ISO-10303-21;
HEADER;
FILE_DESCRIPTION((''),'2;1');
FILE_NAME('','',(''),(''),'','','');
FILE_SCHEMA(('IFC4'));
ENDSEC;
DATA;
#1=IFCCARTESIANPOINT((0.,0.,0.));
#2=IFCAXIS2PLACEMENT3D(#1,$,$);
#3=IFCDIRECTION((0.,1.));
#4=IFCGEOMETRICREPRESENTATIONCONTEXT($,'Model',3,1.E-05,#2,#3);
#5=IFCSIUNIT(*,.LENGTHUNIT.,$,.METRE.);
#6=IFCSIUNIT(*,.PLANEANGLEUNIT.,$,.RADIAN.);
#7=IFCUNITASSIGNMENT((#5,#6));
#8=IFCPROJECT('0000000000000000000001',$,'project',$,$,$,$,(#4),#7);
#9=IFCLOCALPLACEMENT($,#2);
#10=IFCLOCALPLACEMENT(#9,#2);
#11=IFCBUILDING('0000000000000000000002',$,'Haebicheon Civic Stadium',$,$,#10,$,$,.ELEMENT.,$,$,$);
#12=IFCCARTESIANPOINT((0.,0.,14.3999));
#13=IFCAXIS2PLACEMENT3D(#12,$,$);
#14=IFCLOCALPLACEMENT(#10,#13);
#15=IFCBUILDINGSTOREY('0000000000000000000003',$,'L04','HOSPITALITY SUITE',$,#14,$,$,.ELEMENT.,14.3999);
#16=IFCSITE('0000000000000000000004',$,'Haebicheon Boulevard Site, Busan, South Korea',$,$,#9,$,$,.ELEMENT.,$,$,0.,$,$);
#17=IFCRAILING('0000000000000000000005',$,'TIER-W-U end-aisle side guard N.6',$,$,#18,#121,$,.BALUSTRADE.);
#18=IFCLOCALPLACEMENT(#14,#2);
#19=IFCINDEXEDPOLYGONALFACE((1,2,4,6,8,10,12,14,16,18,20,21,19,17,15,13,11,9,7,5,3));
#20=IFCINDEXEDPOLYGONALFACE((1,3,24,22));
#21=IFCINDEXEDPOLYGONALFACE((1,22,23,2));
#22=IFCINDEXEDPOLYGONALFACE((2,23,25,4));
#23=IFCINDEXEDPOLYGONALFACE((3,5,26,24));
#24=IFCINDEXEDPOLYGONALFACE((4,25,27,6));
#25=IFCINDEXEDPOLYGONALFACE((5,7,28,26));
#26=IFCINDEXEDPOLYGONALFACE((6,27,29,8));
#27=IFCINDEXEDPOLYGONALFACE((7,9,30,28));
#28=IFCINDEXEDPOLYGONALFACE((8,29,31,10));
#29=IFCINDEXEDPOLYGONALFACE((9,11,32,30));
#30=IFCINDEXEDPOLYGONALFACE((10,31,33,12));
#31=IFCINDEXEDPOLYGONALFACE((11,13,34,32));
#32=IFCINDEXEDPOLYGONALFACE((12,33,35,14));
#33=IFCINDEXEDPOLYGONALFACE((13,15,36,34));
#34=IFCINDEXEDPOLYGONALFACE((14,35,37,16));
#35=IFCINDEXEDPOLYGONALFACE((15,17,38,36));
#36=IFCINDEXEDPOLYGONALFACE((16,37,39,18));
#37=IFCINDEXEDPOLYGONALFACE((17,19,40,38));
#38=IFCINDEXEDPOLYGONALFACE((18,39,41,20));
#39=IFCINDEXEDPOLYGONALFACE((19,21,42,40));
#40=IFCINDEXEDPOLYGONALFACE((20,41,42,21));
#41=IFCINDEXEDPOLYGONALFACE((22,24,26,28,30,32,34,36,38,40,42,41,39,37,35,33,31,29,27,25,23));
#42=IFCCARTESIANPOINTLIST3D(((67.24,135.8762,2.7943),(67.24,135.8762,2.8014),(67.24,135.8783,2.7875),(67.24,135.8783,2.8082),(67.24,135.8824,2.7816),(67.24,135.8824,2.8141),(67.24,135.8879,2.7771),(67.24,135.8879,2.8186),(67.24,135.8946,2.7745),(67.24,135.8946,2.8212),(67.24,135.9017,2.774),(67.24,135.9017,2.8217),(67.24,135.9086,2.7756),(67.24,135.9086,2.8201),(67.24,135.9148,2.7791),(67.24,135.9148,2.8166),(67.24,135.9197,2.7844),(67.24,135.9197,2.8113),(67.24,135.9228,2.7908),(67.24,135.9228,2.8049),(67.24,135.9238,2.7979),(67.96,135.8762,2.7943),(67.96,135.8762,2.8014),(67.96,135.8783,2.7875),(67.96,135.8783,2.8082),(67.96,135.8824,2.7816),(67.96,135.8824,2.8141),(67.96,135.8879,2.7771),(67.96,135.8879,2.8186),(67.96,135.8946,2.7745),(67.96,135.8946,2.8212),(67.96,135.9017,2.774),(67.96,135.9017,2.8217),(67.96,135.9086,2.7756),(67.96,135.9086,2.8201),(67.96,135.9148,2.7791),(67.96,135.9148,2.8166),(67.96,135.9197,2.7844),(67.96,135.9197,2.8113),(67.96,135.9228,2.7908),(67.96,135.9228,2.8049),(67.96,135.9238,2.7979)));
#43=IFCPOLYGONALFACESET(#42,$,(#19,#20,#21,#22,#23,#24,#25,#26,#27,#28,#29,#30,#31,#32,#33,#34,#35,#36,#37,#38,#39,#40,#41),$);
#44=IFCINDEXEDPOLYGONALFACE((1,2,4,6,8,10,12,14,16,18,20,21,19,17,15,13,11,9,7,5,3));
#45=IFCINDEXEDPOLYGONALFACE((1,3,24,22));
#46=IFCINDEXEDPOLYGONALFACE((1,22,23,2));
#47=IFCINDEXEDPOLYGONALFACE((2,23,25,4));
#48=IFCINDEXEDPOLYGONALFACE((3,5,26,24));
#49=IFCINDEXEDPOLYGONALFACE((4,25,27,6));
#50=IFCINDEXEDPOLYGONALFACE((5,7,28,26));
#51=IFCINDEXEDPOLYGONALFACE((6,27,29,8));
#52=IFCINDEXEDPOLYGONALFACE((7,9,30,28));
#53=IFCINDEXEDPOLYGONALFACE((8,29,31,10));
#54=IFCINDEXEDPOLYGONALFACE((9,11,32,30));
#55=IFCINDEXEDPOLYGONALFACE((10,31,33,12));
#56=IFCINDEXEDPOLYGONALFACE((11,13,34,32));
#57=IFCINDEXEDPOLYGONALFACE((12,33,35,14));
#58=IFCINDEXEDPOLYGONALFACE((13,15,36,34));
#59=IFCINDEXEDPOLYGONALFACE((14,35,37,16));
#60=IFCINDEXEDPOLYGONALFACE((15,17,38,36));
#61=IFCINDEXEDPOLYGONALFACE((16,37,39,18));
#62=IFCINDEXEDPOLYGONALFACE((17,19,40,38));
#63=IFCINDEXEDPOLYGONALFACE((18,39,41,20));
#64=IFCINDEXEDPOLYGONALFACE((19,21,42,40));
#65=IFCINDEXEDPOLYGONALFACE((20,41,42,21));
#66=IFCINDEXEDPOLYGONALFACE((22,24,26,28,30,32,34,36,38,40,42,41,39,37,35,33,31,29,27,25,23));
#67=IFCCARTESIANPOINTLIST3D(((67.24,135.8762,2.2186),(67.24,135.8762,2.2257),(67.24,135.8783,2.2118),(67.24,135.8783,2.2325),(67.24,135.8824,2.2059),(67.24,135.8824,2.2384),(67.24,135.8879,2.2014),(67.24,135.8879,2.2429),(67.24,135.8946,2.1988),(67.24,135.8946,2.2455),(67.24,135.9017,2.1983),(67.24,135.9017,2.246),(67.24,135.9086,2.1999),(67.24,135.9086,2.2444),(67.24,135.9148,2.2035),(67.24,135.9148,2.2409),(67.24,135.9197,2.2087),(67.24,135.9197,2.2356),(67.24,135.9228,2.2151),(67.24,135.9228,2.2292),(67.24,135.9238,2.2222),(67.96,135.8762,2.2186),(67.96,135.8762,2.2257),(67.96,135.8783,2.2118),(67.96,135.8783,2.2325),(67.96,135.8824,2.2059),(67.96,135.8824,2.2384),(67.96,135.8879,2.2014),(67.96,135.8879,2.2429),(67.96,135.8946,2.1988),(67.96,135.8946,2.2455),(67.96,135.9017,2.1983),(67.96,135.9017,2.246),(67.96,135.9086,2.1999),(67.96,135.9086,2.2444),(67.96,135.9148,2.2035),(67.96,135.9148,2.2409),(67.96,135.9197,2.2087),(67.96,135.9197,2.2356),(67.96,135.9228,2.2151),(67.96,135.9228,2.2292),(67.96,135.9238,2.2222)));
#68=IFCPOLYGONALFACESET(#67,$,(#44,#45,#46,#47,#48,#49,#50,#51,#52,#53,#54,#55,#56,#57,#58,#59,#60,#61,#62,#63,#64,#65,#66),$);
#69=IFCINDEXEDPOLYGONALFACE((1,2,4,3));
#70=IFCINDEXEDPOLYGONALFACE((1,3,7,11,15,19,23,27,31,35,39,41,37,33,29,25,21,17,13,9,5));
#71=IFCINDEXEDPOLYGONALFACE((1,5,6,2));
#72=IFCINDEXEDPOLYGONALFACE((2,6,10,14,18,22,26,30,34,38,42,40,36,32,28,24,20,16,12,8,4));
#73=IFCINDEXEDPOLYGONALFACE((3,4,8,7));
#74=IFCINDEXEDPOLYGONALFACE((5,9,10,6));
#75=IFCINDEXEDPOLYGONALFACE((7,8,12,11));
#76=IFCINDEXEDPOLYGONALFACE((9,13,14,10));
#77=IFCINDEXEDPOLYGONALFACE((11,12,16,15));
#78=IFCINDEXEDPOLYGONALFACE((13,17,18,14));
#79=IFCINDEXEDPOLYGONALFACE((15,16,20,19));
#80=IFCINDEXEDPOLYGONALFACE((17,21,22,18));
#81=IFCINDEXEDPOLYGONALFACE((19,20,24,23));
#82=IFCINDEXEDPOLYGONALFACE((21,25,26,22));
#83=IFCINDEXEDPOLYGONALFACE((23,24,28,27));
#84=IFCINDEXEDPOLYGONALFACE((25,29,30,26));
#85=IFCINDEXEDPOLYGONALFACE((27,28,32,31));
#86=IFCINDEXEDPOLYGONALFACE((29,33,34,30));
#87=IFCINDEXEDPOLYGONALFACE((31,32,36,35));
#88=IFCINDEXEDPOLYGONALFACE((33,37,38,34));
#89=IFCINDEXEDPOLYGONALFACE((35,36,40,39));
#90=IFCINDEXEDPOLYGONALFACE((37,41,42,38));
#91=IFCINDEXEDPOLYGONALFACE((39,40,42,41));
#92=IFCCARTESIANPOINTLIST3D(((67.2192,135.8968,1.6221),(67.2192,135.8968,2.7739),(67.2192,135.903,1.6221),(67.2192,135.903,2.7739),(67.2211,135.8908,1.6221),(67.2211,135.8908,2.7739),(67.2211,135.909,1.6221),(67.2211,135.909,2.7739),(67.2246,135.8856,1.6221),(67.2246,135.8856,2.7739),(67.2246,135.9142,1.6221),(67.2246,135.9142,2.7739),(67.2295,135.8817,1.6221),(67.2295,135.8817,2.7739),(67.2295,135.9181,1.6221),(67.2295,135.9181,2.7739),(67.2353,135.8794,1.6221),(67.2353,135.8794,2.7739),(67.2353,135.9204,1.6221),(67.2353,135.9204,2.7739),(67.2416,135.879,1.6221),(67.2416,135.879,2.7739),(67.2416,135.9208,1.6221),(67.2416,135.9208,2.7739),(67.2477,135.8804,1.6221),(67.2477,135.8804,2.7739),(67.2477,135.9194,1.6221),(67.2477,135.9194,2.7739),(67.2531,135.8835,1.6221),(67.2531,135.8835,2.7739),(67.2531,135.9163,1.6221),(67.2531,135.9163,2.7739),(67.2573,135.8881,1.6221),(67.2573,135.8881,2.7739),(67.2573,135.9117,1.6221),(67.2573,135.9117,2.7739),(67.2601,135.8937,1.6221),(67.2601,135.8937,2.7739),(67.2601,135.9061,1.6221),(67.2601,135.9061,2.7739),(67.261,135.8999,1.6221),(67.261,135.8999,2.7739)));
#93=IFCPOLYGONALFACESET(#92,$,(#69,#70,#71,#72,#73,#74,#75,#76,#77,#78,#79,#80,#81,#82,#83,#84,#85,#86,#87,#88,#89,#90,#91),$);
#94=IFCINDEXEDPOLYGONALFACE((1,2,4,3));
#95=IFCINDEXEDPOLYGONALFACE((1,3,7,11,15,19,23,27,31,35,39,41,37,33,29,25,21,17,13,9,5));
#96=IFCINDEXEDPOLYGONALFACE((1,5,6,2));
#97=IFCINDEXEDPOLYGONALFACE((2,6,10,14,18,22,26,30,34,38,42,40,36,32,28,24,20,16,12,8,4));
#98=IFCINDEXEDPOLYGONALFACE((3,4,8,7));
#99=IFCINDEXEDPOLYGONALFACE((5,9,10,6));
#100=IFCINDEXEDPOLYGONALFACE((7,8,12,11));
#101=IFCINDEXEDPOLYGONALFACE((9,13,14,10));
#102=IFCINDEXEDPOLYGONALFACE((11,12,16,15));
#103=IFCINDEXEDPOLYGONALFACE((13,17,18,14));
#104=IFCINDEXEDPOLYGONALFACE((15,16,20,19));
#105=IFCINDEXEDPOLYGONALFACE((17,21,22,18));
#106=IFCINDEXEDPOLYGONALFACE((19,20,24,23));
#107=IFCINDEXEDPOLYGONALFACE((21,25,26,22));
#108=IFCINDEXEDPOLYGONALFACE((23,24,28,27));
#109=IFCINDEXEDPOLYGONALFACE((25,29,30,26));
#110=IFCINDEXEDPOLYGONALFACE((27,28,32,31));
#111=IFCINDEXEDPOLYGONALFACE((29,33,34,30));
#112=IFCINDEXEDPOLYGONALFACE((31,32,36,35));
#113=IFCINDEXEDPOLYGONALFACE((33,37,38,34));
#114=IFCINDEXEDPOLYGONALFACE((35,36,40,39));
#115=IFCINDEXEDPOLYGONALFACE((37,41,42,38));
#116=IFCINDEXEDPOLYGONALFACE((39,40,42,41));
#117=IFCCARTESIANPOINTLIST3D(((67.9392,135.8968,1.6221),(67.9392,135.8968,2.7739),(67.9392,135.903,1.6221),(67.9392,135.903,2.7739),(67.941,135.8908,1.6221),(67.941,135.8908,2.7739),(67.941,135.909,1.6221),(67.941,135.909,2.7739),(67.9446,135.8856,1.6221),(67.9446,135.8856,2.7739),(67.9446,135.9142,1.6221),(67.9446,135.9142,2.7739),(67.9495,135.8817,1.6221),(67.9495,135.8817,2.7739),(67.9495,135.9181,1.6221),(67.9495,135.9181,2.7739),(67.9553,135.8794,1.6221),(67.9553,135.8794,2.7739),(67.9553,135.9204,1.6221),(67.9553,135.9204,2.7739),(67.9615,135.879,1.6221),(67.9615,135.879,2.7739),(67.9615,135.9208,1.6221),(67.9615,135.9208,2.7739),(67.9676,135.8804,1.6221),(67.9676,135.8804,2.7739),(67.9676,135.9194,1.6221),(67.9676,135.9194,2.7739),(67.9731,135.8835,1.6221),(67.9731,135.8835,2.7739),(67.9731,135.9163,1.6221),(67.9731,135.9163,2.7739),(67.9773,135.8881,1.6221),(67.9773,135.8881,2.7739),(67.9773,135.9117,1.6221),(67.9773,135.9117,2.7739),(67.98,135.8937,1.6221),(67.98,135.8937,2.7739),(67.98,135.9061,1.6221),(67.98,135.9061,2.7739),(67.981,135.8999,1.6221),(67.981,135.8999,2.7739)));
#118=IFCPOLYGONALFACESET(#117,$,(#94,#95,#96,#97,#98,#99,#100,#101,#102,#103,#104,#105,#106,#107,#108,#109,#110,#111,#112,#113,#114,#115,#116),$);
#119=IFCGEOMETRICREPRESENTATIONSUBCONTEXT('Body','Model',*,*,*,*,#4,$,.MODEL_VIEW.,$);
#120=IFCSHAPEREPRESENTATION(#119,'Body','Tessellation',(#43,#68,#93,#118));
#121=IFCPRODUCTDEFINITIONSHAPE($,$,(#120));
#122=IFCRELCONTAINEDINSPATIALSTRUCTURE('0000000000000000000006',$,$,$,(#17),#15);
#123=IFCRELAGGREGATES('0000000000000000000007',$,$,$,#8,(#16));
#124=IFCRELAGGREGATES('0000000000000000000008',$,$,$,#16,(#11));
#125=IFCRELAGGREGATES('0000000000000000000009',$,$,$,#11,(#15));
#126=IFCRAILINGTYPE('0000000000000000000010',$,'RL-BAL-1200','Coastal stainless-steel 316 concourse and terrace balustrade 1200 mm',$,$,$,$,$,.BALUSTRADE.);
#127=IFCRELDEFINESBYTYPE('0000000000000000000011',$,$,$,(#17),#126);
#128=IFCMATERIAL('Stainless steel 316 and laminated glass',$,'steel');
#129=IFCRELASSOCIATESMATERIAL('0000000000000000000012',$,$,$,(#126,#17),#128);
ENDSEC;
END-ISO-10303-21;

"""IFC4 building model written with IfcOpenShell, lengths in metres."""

from ifc_helpers import new_model, si_unit, direction, frame, origin, origin_2d, place, context, subcontext, project, spatial, circle, extrude, material, type_object, element, save


model = new_model("IFC4")

# Units and contexts
model_context = context("Model", 3, precision=1e-05, world=origin(), true_north=direction((0.0, 1.0)))
body_context = subcontext(model_context, "Body", "Model", "MODEL_VIEW")
ifc_project = project(units=[si_unit("LENGTHUNIT", "METRE"), si_unit("PLANEANGLEUNIT", "RADIAN")], contexts=[model_context])

# Site, building, storey
site_placement = place(None, origin())
site = spatial("IfcSite", under=ifc_project, at=site_placement, Name="Haebicheon Boulevard Site, Busan, South Korea", CompositionType="ELEMENT", RefElevation=0.0)
building_placement = place(site_placement, origin())
building = spatial("IfcBuilding", under=site, at=building_placement, Name="Haebicheon Civic Stadium", CompositionType="ELEMENT")
storey_placement = place(building_placement, frame((0.0, 0.0, 14.3999)))
storey = spatial("IfcBuildingStorey", under=building, at=storey_placement, Name="L04", Description="HOSPITALITY SUITE", CompositionType="ELEMENT", Elevation=14.3999)

# Railing
ifc_material_1 = material(Name="Stainless steel 316 and laminated glass", Category="steel")
railing_type = type_object("IfcRailingType", Name="RL-BAL-1200", Description="Coastal stainless-steel 316 concourse and terrace balustrade 1200 mm", PredefinedType="BALUSTRADE", material=ifc_material_1)
for number, where, name in (
    (1, (67.24, 135.8999, 1.6221), "TIER-W-U end-aisle side guard N.6"),
):
    element("IfcRailing", number, at=place(storey_placement, frame(where)), inside=storey, type_object=railing_type, material=ifc_material_1, Name=name, PredefinedType="BALUSTRADE", context=body_context, shape_type="SweptSolid", body=[
        extrude(circle(Radius=0.0239, at=origin_2d()), frame((0.0, 0.0, 1.1758), z_axis=(1.0, 0.0, 0.0), x_axis=(0.0, 1.0, 0.0)), (0.0, 0.0, 1.0), 0.72),
        extrude(circle(Radius=0.0239, at=origin_2d()), frame((0.0, 0.0, 0.6001), z_axis=(1.0, 0.0, 0.0), x_axis=(0.0, 1.0, 0.0)), (0.0, 0.0, 1.0), 0.72),
        extrude(circle(Radius=0.021, at=origin_2d()), origin(), (0.0, 0.0, 1.0), 1.1519),
        extrude(circle(Radius=0.021, at=origin_2d()), frame((0.72, 0.0, 0.0)), (0.0, 0.0, 1.0), 1.1519),
    ])

save(model, "model.ifc")
